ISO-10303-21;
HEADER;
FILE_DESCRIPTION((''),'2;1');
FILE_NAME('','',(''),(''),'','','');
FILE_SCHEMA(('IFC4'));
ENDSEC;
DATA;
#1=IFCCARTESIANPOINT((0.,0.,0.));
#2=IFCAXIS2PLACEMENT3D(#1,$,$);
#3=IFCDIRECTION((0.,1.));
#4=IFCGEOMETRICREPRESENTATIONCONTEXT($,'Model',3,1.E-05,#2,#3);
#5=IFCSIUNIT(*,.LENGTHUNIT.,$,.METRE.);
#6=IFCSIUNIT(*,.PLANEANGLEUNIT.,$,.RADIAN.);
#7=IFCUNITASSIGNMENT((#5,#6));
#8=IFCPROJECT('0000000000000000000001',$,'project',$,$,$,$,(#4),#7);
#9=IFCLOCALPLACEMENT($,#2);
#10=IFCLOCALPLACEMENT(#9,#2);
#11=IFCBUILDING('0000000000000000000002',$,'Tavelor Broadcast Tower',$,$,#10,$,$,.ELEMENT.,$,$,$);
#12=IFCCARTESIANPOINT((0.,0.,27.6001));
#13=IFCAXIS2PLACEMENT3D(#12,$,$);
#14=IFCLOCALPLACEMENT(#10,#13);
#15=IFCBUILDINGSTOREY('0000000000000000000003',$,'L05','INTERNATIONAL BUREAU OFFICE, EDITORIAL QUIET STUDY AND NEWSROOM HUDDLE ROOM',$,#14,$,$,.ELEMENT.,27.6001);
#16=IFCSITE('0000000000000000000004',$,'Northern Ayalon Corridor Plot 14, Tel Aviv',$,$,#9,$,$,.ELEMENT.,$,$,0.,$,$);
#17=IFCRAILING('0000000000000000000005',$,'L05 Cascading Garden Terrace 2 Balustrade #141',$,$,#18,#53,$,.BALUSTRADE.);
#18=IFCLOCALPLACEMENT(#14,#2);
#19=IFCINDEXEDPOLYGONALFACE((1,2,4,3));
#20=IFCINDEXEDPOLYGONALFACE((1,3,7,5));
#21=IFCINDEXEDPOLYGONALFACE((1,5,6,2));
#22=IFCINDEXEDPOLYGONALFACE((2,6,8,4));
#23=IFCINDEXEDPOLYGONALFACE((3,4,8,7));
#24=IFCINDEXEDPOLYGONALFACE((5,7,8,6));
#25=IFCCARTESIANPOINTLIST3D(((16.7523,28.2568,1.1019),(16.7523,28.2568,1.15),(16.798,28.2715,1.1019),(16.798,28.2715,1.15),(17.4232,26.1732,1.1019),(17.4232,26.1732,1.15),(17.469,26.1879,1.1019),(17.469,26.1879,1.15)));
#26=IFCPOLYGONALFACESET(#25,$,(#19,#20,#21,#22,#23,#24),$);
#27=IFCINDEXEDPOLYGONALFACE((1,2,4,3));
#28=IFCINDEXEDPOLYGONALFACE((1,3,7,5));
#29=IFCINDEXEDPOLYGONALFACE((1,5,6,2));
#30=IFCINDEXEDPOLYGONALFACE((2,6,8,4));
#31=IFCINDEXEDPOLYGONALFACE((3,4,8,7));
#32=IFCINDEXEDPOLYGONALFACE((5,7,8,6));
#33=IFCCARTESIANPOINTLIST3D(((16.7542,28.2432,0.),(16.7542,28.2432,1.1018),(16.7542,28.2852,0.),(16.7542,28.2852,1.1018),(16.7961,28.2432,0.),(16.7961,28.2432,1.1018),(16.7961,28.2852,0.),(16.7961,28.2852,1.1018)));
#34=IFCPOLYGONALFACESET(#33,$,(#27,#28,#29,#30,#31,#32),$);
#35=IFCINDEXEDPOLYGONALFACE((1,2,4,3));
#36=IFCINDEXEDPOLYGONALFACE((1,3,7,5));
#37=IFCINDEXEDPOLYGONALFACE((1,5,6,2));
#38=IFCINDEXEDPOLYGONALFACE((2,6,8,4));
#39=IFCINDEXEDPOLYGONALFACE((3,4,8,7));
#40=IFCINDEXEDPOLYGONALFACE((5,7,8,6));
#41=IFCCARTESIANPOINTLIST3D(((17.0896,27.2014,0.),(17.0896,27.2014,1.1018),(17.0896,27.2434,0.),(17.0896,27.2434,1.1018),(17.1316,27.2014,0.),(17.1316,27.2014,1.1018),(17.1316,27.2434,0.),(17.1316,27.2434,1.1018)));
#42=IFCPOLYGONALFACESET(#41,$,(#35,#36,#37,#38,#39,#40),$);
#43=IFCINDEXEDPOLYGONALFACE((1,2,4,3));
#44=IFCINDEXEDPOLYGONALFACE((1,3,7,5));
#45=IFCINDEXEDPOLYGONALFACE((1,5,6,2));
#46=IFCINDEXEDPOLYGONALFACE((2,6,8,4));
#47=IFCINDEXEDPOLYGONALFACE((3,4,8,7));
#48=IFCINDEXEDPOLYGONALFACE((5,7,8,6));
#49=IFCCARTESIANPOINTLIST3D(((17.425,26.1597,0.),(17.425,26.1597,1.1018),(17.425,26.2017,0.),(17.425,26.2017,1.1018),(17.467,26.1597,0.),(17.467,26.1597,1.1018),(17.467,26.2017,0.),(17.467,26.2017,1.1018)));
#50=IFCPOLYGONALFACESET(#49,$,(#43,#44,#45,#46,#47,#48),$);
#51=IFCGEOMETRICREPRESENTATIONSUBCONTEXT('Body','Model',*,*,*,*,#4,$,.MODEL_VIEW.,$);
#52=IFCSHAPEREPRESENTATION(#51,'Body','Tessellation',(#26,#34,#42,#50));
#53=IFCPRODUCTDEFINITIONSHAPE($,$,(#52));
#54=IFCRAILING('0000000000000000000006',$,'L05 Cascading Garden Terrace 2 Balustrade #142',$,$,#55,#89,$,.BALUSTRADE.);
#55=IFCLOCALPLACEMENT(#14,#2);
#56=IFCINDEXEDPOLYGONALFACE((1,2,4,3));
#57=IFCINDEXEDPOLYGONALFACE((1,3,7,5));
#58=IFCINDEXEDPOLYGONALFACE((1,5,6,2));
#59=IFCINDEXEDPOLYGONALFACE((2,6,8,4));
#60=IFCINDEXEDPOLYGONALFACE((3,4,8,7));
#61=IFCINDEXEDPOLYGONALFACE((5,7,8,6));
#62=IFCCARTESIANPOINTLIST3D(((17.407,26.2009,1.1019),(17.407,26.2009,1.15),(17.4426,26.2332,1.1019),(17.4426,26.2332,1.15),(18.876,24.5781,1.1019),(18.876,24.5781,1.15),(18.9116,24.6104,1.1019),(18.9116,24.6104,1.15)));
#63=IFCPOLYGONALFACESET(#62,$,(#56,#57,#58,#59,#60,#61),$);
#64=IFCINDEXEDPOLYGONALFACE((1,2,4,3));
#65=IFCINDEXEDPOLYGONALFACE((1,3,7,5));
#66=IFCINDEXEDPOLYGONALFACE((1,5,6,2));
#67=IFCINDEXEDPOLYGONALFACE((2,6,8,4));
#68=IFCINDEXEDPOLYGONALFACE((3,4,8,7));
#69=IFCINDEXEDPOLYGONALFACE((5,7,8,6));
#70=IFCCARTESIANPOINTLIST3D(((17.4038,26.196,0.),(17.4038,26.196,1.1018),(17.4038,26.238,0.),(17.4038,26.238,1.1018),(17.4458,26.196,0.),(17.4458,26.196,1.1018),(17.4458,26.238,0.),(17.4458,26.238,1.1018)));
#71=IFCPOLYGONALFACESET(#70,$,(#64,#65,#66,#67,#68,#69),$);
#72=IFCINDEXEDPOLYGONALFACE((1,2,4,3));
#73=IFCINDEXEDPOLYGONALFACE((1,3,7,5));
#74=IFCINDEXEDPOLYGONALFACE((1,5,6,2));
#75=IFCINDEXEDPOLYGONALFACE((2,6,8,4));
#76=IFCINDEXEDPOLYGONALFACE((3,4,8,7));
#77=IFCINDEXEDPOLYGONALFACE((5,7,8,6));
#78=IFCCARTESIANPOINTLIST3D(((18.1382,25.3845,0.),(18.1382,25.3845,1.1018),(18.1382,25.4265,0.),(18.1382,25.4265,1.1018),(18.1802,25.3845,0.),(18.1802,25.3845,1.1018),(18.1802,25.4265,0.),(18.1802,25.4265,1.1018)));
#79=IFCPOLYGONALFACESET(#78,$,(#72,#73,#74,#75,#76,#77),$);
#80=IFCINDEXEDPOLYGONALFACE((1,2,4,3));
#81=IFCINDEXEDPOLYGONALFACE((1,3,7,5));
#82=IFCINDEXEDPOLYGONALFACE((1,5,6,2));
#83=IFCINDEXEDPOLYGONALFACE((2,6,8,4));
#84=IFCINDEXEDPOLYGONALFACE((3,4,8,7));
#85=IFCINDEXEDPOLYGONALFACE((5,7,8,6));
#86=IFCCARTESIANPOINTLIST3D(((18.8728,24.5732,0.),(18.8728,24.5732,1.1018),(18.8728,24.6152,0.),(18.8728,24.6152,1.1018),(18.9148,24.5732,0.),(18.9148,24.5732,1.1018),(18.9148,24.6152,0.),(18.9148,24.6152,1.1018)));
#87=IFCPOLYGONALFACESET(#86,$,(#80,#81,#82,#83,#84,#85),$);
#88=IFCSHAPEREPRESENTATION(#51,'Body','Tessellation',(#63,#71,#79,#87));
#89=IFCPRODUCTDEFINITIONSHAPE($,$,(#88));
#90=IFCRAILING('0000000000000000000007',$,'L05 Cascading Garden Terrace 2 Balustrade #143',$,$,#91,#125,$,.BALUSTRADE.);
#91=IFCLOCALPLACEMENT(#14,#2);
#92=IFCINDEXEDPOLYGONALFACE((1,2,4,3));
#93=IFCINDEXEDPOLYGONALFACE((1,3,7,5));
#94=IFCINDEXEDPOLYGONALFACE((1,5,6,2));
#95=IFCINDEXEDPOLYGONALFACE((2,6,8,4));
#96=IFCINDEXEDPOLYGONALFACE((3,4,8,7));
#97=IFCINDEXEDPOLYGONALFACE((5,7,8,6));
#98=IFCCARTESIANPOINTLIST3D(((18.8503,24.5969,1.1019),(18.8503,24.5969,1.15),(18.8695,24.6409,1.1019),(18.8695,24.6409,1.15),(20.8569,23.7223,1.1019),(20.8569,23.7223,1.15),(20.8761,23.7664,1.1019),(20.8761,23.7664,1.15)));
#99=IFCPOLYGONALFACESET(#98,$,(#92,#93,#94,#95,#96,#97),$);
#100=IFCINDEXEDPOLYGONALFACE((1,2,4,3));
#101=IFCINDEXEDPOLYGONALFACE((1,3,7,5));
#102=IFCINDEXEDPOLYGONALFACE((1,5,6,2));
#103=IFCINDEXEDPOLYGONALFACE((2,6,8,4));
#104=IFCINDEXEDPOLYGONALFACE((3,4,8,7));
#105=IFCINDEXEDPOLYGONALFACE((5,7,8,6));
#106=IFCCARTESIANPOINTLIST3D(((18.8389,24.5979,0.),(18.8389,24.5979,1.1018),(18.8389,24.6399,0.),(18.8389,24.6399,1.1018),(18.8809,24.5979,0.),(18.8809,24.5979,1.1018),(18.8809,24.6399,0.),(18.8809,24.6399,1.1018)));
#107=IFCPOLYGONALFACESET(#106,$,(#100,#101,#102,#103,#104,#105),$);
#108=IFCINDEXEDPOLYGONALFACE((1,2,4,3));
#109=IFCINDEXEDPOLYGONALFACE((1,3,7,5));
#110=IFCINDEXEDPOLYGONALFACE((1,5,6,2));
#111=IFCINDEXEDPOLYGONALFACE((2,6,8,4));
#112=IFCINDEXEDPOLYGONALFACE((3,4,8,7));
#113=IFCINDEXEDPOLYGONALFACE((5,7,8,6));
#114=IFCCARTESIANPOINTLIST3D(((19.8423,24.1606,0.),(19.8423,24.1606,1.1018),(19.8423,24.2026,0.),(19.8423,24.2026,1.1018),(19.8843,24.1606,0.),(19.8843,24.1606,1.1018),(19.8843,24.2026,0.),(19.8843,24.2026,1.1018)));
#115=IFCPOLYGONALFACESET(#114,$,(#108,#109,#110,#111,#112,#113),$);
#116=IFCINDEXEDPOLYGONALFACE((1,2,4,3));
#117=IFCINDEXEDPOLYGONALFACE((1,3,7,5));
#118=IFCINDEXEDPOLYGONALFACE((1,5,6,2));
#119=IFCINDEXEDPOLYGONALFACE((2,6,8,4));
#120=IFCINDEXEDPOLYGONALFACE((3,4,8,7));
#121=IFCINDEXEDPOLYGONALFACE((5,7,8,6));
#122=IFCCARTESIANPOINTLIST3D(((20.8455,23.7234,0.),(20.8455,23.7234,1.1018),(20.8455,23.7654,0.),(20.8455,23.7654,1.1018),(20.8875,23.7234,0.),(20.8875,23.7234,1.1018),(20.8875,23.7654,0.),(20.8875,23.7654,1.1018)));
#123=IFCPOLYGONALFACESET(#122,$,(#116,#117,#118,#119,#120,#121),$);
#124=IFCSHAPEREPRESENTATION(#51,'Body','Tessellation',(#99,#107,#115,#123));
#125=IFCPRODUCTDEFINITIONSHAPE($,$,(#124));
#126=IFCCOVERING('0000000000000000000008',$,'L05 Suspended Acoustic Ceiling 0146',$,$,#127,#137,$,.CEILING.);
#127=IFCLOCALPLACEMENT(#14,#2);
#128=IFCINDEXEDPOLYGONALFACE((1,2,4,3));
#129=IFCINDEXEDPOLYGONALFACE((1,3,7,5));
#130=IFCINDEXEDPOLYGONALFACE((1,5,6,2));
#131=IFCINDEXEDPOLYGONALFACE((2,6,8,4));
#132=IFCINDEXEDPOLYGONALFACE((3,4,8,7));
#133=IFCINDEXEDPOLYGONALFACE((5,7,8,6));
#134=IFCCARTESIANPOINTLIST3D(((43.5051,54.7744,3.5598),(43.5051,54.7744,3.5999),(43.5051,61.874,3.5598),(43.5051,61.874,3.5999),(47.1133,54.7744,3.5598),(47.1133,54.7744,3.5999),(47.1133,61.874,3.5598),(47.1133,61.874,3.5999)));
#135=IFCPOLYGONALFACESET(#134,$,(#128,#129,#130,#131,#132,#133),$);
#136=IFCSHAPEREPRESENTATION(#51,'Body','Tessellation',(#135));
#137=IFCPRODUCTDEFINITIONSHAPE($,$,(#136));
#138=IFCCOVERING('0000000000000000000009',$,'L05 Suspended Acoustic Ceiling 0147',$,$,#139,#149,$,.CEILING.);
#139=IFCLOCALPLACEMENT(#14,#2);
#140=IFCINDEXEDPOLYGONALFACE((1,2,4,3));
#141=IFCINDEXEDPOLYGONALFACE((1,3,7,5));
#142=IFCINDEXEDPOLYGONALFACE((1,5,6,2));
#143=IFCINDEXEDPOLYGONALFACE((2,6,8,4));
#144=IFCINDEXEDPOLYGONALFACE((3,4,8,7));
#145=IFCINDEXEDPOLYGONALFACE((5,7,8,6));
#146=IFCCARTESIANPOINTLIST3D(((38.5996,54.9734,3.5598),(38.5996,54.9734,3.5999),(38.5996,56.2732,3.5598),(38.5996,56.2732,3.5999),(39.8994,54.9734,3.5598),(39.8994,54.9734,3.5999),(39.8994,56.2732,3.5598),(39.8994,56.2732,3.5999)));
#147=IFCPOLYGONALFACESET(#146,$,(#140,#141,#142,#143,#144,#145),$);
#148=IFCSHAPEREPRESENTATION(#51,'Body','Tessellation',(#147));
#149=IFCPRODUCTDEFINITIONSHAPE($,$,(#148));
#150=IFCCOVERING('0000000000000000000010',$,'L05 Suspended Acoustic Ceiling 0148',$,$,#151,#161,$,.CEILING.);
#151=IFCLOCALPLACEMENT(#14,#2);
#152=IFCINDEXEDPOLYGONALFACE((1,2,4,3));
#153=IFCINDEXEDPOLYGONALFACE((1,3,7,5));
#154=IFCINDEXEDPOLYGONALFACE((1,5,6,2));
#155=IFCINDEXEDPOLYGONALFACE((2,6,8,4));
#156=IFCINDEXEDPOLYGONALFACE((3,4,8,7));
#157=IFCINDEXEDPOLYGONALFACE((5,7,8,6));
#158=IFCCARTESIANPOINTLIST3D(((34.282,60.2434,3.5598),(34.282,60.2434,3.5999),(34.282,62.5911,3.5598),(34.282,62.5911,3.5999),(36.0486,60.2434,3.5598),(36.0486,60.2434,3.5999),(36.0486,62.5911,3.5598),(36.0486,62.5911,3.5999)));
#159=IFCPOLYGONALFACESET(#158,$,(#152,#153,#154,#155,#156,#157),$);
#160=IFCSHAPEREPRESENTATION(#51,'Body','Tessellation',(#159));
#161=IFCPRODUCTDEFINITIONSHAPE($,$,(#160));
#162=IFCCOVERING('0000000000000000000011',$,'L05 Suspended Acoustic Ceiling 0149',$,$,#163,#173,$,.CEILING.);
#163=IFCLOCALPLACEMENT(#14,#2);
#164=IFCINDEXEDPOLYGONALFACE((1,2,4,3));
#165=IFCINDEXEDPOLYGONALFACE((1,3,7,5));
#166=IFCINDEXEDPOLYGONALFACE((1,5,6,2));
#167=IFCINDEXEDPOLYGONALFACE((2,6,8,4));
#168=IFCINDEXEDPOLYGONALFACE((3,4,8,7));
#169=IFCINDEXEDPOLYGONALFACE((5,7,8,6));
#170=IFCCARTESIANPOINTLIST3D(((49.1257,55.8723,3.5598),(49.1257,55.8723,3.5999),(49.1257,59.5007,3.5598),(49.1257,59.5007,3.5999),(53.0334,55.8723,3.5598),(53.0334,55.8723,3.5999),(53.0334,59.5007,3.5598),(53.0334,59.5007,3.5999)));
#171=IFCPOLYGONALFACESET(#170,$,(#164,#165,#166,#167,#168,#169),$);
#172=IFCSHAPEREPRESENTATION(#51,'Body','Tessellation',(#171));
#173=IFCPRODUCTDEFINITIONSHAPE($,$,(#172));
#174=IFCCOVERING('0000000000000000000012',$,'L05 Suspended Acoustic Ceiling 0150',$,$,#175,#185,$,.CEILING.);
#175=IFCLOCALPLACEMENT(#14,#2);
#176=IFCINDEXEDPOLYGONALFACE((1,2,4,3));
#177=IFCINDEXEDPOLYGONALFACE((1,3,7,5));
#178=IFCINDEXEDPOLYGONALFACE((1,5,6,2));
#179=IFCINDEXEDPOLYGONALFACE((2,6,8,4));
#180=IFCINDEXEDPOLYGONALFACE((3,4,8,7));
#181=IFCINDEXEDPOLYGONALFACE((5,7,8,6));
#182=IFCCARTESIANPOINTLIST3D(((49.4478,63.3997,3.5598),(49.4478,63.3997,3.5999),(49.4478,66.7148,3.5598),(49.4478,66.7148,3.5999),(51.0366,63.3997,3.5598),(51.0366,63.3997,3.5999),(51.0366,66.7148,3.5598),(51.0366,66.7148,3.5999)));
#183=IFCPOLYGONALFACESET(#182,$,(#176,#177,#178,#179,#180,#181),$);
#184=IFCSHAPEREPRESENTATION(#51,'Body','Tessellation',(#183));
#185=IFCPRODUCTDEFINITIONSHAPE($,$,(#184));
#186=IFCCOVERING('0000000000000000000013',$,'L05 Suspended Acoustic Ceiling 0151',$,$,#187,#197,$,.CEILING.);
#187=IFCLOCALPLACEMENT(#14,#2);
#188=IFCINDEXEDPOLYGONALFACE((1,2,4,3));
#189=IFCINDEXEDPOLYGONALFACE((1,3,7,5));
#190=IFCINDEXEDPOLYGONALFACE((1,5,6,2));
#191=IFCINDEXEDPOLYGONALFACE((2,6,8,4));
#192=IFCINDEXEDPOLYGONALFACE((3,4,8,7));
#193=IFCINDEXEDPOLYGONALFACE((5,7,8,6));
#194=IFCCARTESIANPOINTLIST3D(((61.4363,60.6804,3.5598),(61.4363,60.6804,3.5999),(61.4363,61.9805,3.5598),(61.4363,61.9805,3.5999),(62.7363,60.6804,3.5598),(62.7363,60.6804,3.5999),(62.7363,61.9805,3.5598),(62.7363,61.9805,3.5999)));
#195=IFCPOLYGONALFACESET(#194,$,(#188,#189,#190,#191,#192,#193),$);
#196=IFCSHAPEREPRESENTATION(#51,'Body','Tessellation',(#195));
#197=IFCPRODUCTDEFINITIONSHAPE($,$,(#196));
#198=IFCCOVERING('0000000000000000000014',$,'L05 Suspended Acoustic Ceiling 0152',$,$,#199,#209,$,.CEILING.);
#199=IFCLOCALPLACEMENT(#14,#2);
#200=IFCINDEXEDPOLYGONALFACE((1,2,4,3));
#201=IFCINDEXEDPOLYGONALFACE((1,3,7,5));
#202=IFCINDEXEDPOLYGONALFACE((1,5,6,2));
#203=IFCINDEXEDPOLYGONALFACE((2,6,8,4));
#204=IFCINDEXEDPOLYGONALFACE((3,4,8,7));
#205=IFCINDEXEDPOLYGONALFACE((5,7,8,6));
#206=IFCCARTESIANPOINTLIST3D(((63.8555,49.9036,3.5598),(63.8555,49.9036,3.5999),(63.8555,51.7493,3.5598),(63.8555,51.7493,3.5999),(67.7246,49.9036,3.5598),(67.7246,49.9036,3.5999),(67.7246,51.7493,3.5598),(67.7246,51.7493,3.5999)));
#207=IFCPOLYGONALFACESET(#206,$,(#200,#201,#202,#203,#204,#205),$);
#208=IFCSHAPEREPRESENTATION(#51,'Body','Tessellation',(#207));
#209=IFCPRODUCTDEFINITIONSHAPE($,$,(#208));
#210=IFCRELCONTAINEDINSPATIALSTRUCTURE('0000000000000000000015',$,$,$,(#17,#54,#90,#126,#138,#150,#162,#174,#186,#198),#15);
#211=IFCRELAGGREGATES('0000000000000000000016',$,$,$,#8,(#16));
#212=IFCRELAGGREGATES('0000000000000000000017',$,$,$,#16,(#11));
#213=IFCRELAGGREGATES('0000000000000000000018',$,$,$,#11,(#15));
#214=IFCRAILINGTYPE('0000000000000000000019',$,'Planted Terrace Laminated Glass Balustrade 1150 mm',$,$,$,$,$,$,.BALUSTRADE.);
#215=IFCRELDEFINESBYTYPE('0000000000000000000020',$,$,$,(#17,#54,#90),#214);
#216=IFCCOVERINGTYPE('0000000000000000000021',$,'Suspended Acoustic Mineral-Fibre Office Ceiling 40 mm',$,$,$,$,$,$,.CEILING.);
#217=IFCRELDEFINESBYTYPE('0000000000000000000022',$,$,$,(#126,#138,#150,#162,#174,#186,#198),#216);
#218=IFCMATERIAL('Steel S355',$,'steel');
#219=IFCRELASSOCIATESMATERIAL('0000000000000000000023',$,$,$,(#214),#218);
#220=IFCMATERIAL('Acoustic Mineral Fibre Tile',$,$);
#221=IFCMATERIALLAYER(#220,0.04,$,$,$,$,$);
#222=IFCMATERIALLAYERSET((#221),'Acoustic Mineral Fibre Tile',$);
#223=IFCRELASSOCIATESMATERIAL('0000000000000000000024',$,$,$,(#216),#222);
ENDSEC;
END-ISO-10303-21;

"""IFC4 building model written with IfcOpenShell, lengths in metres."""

from ifc_helpers import new_model, si_unit, direction, frame, origin, origin_2d, place, context, subcontext, project, spatial, polyline, rectangle, outline, extrude, material, layer, layer_set, type_object, element, save


model = new_model("IFC4")

# Units and contexts
model_context = context("Model", 3, precision=1e-05, world=origin(), true_north=direction((0.0, 1.0)))
body_context = subcontext(model_context, "Body", "Model", "MODEL_VIEW")
ifc_project = project(units=[si_unit("LENGTHUNIT", "METRE"), si_unit("PLANEANGLEUNIT", "RADIAN")], contexts=[model_context])

# Site, building, storey
site_placement = place(None, origin())
site = spatial("IfcSite", under=ifc_project, at=site_placement, Name="Northern Ayalon Corridor Plot 14, Tel Aviv", CompositionType="ELEMENT", RefElevation=0.0)
building_placement = place(site_placement, origin())
building = spatial("IfcBuilding", under=site, at=building_placement, Name="Tavelor Broadcast Tower", CompositionType="ELEMENT")
storey_placement = place(building_placement, frame((0.0, 0.0, 27.6001)))
storey = spatial("IfcBuildingStorey", under=building, at=storey_placement, Name="L05", Description="INTERNATIONAL BUREAU OFFICE, EDITORIAL QUIET STUDY AND NEWSROOM HUDDLE ROOM", CompositionType="ELEMENT", Elevation=27.6001)

# Railings
ifc_material_1 = material(Name="Steel S355", Category="steel")
railing_type = type_object("IfcRailingType", Name="Planted Terrace Laminated Glass Balustrade 1150 mm", PredefinedType="BALUSTRADE", material=ifc_material_1)
railing_1_placement = place(storey_placement, frame((16.7751, 28.2642, 0.0)))
element("IfcRailing", 1, at=railing_1_placement, inside=storey, type_object=railing_type, Name="L05 Cascading Garden Terrace 2 Balustrade #141", PredefinedType="BALUSTRADE", context=body_context, shape_type="SweptSolid", body=[
    extrude(rectangle(XDim=0.0481, YDim=0.0481, at=origin_2d()), frame((0.0, 0.0, 1.126), z_axis=(0.306507, -0.951868, 0.0), x_axis=(0.951868, 0.306507, 0.0)), (0.0, 0.0, 1.0), 2.189),
    extrude(rectangle(XDim=0.042, YDim=0.042, at=origin_2d()), origin(), (0.0, 0.0, 1.0), 1.1018),
    extrude(rectangle(XDim=0.042, YDim=0.042, at=origin_2d()), frame((0.3354, -1.0417, 0.0)), (0.0, 0.0, 1.0), 1.1018),
    extrude(rectangle(XDim=0.042, YDim=0.042, at=origin_2d()), frame((0.6709, -2.0835, 0.0)), (0.0, 0.0, 1.0), 1.1018),
])
railing_2_placement = place(storey_placement, frame((17.4248, 26.217, 0.0)))
element("IfcRailing", 2, at=railing_2_placement, inside=storey, type_object=railing_type, Name="L05 Cascading Garden Terrace 2 Balustrade #142", PredefinedType="BALUSTRADE", context=body_context, shape_type="SweptSolid", body=[
    extrude(rectangle(XDim=0.0481, YDim=0.0481, at=origin_2d()), frame((0.0, 0.0, 1.126), z_axis=(0.6711, -0.741367, 0.0), x_axis=(0.741367, 0.6711, 0.0)), (0.0, 0.0, 1.0), 2.189),
    extrude(rectangle(XDim=0.042, YDim=0.042, at=origin_2d()), origin(), (0.0, 0.0, 1.0), 1.1018),
    extrude(rectangle(XDim=0.042, YDim=0.042, at=origin_2d()), frame((0.7344, -0.8115, 0.0)), (0.0, 0.0, 1.0), 1.1018),
    extrude(rectangle(XDim=0.042, YDim=0.042, at=origin_2d()), frame((1.469, -1.6228, 0.0)), (0.0, 0.0, 1.0), 1.1018),
])
railing_3_placement = place(storey_placement, frame((18.8599, 24.6189, 0.0)))
element("IfcRailing", 3, at=railing_3_placement, inside=storey, type_object=railing_type, Name="L05 Cascading Garden Terrace 2 Balustrade #143", PredefinedType="BALUSTRADE", context=body_context, shape_type="SweptSolid", body=[
    extrude(rectangle(XDim=0.0481, YDim=0.0481, at=origin_2d()), frame((0.0, 0.0, 1.126), z_axis=(0.916722, -0.399525, 0.0), x_axis=(0.399525, 0.916722, 0.0)), (0.0, 0.0, 1.0), 2.189),
    extrude(rectangle(XDim=0.042, YDim=0.042, at=origin_2d()), origin(), (0.0, 0.0, 1.0), 1.1018),
    extrude(rectangle(XDim=0.042, YDim=0.042, at=origin_2d()), frame((1.0034, -0.4373, 0.0)), (0.0, 0.0, 1.0), 1.1018),
    extrude(rectangle(XDim=0.042, YDim=0.042, at=origin_2d()), frame((2.0066, -0.8745, 0.0)), (0.0, 0.0, 1.0), 1.1018),
])

# Coverings
ifc_material_2 = material(Name="Acoustic Mineral Fibre Tile")
ifc_layer_1 = layer(ifc_material_2, 0.04)
ifc_layer_set_1 = layer_set([ifc_layer_1], Name="Acoustic Mineral Fibre Tile")
covering_type_1 = type_object("IfcCoveringType", Name="Suspended Acoustic Mineral-Fibre Office Ceiling 40 mm", PredefinedType="CEILING", material=ifc_layer_set_1)
covering_1_placement = place(storey_placement, frame((0.0, 0.0, 3.5598)))
element("IfcCovering", 4, at=covering_1_placement, inside=storey, type_object=covering_type_1, Name="L05 Suspended Acoustic Ceiling 0146", PredefinedType="CEILING", context=body_context, shape_type="SweptSolid", body=[
    extrude(outline(polyline([(43.5051, 54.7744), (47.1133, 54.7744), (47.1133, 61.874), (43.5051, 61.874), (43.5051, 54.7744)])), origin(), (0.0, 0.0, 1.0), 0.04),
])
covering_2_placement = place(storey_placement, frame((0.0, 0.0, 3.5598)))
element("IfcCovering", 5, at=covering_2_placement, inside=storey, type_object=covering_type_1, Name="L05 Suspended Acoustic Ceiling 0147", PredefinedType="CEILING", context=body_context, shape_type="SweptSolid", body=[
    extrude(outline(polyline([(38.5996, 54.9734), (39.8994, 54.9734), (39.8994, 56.2732), (38.5996, 56.2732), (38.5996, 54.9734)])), origin(), (0.0, 0.0, 1.0), 0.04),
])
covering_3_placement = place(storey_placement, frame((0.0, 0.0, 3.5598)))
element("IfcCovering", 6, at=covering_3_placement, inside=storey, type_object=covering_type_1, Name="L05 Suspended Acoustic Ceiling 0148", PredefinedType="CEILING", context=body_context, shape_type="SweptSolid", body=[
    extrude(outline(polyline([(34.282, 60.2434), (36.0486, 60.2434), (36.0486, 62.5911), (34.282, 62.5911), (34.282, 60.2434)])), origin(), (0.0, 0.0, 1.0), 0.04),
])
covering_4_placement = place(storey_placement, frame((0.0, 0.0, 3.5598)))
element("IfcCovering", 7, at=covering_4_placement, inside=storey, type_object=covering_type_1, Name="L05 Suspended Acoustic Ceiling 0149", PredefinedType="CEILING", context=body_context, shape_type="SweptSolid", body=[
    extrude(outline(polyline([(49.1257, 55.8723), (53.0334, 55.8723), (53.0334, 59.5007), (49.1257, 59.5007), (49.1257, 55.8723)])), origin(), (0.0, 0.0, 1.0), 0.04),
])
covering_5_placement = place(storey_placement, frame((0.0, 0.0, 3.5598)))
element("IfcCovering", 8, at=covering_5_placement, inside=storey, type_object=covering_type_1, Name="L05 Suspended Acoustic Ceiling 0150", PredefinedType="CEILING", context=body_context, shape_type="SweptSolid", body=[
    extrude(outline(polyline([(49.4478, 63.3997), (51.0366, 63.3997), (51.0366, 66.7148), (49.4478, 66.7148), (49.4478, 63.3997)])), origin(), (0.0, 0.0, 1.0), 0.04),
])
covering_6_placement = place(storey_placement, frame((0.0, 0.0, 3.5598)))
element("IfcCovering", 9, at=covering_6_placement, inside=storey, type_object=covering_type_1, Name="L05 Suspended Acoustic Ceiling 0151", PredefinedType="CEILING", context=body_context, shape_type="SweptSolid", body=[
    extrude(outline(polyline([(61.4363, 60.6804), (62.7363, 60.6804), (62.7363, 61.9805), (61.4363, 61.9805), (61.4363, 60.6804)])), origin(), (0.0, 0.0, 1.0), 0.04),
])
covering_7_placement = place(storey_placement, frame((0.0, 0.0, 3.5598)))
element("IfcCovering", 10, at=covering_7_placement, inside=storey, type_object=covering_type_1, Name="L05 Suspended Acoustic Ceiling 0152", PredefinedType="CEILING", context=body_context, shape_type="SweptSolid", body=[
    extrude(outline(polyline([(63.8555, 49.9036), (67.7246, 49.9036), (67.7246, 51.7493), (63.8555, 51.7493), (63.8555, 49.9036)])), origin(), (0.0, 0.0, 1.0), 0.04),
])

save(model, "model.ifc")
